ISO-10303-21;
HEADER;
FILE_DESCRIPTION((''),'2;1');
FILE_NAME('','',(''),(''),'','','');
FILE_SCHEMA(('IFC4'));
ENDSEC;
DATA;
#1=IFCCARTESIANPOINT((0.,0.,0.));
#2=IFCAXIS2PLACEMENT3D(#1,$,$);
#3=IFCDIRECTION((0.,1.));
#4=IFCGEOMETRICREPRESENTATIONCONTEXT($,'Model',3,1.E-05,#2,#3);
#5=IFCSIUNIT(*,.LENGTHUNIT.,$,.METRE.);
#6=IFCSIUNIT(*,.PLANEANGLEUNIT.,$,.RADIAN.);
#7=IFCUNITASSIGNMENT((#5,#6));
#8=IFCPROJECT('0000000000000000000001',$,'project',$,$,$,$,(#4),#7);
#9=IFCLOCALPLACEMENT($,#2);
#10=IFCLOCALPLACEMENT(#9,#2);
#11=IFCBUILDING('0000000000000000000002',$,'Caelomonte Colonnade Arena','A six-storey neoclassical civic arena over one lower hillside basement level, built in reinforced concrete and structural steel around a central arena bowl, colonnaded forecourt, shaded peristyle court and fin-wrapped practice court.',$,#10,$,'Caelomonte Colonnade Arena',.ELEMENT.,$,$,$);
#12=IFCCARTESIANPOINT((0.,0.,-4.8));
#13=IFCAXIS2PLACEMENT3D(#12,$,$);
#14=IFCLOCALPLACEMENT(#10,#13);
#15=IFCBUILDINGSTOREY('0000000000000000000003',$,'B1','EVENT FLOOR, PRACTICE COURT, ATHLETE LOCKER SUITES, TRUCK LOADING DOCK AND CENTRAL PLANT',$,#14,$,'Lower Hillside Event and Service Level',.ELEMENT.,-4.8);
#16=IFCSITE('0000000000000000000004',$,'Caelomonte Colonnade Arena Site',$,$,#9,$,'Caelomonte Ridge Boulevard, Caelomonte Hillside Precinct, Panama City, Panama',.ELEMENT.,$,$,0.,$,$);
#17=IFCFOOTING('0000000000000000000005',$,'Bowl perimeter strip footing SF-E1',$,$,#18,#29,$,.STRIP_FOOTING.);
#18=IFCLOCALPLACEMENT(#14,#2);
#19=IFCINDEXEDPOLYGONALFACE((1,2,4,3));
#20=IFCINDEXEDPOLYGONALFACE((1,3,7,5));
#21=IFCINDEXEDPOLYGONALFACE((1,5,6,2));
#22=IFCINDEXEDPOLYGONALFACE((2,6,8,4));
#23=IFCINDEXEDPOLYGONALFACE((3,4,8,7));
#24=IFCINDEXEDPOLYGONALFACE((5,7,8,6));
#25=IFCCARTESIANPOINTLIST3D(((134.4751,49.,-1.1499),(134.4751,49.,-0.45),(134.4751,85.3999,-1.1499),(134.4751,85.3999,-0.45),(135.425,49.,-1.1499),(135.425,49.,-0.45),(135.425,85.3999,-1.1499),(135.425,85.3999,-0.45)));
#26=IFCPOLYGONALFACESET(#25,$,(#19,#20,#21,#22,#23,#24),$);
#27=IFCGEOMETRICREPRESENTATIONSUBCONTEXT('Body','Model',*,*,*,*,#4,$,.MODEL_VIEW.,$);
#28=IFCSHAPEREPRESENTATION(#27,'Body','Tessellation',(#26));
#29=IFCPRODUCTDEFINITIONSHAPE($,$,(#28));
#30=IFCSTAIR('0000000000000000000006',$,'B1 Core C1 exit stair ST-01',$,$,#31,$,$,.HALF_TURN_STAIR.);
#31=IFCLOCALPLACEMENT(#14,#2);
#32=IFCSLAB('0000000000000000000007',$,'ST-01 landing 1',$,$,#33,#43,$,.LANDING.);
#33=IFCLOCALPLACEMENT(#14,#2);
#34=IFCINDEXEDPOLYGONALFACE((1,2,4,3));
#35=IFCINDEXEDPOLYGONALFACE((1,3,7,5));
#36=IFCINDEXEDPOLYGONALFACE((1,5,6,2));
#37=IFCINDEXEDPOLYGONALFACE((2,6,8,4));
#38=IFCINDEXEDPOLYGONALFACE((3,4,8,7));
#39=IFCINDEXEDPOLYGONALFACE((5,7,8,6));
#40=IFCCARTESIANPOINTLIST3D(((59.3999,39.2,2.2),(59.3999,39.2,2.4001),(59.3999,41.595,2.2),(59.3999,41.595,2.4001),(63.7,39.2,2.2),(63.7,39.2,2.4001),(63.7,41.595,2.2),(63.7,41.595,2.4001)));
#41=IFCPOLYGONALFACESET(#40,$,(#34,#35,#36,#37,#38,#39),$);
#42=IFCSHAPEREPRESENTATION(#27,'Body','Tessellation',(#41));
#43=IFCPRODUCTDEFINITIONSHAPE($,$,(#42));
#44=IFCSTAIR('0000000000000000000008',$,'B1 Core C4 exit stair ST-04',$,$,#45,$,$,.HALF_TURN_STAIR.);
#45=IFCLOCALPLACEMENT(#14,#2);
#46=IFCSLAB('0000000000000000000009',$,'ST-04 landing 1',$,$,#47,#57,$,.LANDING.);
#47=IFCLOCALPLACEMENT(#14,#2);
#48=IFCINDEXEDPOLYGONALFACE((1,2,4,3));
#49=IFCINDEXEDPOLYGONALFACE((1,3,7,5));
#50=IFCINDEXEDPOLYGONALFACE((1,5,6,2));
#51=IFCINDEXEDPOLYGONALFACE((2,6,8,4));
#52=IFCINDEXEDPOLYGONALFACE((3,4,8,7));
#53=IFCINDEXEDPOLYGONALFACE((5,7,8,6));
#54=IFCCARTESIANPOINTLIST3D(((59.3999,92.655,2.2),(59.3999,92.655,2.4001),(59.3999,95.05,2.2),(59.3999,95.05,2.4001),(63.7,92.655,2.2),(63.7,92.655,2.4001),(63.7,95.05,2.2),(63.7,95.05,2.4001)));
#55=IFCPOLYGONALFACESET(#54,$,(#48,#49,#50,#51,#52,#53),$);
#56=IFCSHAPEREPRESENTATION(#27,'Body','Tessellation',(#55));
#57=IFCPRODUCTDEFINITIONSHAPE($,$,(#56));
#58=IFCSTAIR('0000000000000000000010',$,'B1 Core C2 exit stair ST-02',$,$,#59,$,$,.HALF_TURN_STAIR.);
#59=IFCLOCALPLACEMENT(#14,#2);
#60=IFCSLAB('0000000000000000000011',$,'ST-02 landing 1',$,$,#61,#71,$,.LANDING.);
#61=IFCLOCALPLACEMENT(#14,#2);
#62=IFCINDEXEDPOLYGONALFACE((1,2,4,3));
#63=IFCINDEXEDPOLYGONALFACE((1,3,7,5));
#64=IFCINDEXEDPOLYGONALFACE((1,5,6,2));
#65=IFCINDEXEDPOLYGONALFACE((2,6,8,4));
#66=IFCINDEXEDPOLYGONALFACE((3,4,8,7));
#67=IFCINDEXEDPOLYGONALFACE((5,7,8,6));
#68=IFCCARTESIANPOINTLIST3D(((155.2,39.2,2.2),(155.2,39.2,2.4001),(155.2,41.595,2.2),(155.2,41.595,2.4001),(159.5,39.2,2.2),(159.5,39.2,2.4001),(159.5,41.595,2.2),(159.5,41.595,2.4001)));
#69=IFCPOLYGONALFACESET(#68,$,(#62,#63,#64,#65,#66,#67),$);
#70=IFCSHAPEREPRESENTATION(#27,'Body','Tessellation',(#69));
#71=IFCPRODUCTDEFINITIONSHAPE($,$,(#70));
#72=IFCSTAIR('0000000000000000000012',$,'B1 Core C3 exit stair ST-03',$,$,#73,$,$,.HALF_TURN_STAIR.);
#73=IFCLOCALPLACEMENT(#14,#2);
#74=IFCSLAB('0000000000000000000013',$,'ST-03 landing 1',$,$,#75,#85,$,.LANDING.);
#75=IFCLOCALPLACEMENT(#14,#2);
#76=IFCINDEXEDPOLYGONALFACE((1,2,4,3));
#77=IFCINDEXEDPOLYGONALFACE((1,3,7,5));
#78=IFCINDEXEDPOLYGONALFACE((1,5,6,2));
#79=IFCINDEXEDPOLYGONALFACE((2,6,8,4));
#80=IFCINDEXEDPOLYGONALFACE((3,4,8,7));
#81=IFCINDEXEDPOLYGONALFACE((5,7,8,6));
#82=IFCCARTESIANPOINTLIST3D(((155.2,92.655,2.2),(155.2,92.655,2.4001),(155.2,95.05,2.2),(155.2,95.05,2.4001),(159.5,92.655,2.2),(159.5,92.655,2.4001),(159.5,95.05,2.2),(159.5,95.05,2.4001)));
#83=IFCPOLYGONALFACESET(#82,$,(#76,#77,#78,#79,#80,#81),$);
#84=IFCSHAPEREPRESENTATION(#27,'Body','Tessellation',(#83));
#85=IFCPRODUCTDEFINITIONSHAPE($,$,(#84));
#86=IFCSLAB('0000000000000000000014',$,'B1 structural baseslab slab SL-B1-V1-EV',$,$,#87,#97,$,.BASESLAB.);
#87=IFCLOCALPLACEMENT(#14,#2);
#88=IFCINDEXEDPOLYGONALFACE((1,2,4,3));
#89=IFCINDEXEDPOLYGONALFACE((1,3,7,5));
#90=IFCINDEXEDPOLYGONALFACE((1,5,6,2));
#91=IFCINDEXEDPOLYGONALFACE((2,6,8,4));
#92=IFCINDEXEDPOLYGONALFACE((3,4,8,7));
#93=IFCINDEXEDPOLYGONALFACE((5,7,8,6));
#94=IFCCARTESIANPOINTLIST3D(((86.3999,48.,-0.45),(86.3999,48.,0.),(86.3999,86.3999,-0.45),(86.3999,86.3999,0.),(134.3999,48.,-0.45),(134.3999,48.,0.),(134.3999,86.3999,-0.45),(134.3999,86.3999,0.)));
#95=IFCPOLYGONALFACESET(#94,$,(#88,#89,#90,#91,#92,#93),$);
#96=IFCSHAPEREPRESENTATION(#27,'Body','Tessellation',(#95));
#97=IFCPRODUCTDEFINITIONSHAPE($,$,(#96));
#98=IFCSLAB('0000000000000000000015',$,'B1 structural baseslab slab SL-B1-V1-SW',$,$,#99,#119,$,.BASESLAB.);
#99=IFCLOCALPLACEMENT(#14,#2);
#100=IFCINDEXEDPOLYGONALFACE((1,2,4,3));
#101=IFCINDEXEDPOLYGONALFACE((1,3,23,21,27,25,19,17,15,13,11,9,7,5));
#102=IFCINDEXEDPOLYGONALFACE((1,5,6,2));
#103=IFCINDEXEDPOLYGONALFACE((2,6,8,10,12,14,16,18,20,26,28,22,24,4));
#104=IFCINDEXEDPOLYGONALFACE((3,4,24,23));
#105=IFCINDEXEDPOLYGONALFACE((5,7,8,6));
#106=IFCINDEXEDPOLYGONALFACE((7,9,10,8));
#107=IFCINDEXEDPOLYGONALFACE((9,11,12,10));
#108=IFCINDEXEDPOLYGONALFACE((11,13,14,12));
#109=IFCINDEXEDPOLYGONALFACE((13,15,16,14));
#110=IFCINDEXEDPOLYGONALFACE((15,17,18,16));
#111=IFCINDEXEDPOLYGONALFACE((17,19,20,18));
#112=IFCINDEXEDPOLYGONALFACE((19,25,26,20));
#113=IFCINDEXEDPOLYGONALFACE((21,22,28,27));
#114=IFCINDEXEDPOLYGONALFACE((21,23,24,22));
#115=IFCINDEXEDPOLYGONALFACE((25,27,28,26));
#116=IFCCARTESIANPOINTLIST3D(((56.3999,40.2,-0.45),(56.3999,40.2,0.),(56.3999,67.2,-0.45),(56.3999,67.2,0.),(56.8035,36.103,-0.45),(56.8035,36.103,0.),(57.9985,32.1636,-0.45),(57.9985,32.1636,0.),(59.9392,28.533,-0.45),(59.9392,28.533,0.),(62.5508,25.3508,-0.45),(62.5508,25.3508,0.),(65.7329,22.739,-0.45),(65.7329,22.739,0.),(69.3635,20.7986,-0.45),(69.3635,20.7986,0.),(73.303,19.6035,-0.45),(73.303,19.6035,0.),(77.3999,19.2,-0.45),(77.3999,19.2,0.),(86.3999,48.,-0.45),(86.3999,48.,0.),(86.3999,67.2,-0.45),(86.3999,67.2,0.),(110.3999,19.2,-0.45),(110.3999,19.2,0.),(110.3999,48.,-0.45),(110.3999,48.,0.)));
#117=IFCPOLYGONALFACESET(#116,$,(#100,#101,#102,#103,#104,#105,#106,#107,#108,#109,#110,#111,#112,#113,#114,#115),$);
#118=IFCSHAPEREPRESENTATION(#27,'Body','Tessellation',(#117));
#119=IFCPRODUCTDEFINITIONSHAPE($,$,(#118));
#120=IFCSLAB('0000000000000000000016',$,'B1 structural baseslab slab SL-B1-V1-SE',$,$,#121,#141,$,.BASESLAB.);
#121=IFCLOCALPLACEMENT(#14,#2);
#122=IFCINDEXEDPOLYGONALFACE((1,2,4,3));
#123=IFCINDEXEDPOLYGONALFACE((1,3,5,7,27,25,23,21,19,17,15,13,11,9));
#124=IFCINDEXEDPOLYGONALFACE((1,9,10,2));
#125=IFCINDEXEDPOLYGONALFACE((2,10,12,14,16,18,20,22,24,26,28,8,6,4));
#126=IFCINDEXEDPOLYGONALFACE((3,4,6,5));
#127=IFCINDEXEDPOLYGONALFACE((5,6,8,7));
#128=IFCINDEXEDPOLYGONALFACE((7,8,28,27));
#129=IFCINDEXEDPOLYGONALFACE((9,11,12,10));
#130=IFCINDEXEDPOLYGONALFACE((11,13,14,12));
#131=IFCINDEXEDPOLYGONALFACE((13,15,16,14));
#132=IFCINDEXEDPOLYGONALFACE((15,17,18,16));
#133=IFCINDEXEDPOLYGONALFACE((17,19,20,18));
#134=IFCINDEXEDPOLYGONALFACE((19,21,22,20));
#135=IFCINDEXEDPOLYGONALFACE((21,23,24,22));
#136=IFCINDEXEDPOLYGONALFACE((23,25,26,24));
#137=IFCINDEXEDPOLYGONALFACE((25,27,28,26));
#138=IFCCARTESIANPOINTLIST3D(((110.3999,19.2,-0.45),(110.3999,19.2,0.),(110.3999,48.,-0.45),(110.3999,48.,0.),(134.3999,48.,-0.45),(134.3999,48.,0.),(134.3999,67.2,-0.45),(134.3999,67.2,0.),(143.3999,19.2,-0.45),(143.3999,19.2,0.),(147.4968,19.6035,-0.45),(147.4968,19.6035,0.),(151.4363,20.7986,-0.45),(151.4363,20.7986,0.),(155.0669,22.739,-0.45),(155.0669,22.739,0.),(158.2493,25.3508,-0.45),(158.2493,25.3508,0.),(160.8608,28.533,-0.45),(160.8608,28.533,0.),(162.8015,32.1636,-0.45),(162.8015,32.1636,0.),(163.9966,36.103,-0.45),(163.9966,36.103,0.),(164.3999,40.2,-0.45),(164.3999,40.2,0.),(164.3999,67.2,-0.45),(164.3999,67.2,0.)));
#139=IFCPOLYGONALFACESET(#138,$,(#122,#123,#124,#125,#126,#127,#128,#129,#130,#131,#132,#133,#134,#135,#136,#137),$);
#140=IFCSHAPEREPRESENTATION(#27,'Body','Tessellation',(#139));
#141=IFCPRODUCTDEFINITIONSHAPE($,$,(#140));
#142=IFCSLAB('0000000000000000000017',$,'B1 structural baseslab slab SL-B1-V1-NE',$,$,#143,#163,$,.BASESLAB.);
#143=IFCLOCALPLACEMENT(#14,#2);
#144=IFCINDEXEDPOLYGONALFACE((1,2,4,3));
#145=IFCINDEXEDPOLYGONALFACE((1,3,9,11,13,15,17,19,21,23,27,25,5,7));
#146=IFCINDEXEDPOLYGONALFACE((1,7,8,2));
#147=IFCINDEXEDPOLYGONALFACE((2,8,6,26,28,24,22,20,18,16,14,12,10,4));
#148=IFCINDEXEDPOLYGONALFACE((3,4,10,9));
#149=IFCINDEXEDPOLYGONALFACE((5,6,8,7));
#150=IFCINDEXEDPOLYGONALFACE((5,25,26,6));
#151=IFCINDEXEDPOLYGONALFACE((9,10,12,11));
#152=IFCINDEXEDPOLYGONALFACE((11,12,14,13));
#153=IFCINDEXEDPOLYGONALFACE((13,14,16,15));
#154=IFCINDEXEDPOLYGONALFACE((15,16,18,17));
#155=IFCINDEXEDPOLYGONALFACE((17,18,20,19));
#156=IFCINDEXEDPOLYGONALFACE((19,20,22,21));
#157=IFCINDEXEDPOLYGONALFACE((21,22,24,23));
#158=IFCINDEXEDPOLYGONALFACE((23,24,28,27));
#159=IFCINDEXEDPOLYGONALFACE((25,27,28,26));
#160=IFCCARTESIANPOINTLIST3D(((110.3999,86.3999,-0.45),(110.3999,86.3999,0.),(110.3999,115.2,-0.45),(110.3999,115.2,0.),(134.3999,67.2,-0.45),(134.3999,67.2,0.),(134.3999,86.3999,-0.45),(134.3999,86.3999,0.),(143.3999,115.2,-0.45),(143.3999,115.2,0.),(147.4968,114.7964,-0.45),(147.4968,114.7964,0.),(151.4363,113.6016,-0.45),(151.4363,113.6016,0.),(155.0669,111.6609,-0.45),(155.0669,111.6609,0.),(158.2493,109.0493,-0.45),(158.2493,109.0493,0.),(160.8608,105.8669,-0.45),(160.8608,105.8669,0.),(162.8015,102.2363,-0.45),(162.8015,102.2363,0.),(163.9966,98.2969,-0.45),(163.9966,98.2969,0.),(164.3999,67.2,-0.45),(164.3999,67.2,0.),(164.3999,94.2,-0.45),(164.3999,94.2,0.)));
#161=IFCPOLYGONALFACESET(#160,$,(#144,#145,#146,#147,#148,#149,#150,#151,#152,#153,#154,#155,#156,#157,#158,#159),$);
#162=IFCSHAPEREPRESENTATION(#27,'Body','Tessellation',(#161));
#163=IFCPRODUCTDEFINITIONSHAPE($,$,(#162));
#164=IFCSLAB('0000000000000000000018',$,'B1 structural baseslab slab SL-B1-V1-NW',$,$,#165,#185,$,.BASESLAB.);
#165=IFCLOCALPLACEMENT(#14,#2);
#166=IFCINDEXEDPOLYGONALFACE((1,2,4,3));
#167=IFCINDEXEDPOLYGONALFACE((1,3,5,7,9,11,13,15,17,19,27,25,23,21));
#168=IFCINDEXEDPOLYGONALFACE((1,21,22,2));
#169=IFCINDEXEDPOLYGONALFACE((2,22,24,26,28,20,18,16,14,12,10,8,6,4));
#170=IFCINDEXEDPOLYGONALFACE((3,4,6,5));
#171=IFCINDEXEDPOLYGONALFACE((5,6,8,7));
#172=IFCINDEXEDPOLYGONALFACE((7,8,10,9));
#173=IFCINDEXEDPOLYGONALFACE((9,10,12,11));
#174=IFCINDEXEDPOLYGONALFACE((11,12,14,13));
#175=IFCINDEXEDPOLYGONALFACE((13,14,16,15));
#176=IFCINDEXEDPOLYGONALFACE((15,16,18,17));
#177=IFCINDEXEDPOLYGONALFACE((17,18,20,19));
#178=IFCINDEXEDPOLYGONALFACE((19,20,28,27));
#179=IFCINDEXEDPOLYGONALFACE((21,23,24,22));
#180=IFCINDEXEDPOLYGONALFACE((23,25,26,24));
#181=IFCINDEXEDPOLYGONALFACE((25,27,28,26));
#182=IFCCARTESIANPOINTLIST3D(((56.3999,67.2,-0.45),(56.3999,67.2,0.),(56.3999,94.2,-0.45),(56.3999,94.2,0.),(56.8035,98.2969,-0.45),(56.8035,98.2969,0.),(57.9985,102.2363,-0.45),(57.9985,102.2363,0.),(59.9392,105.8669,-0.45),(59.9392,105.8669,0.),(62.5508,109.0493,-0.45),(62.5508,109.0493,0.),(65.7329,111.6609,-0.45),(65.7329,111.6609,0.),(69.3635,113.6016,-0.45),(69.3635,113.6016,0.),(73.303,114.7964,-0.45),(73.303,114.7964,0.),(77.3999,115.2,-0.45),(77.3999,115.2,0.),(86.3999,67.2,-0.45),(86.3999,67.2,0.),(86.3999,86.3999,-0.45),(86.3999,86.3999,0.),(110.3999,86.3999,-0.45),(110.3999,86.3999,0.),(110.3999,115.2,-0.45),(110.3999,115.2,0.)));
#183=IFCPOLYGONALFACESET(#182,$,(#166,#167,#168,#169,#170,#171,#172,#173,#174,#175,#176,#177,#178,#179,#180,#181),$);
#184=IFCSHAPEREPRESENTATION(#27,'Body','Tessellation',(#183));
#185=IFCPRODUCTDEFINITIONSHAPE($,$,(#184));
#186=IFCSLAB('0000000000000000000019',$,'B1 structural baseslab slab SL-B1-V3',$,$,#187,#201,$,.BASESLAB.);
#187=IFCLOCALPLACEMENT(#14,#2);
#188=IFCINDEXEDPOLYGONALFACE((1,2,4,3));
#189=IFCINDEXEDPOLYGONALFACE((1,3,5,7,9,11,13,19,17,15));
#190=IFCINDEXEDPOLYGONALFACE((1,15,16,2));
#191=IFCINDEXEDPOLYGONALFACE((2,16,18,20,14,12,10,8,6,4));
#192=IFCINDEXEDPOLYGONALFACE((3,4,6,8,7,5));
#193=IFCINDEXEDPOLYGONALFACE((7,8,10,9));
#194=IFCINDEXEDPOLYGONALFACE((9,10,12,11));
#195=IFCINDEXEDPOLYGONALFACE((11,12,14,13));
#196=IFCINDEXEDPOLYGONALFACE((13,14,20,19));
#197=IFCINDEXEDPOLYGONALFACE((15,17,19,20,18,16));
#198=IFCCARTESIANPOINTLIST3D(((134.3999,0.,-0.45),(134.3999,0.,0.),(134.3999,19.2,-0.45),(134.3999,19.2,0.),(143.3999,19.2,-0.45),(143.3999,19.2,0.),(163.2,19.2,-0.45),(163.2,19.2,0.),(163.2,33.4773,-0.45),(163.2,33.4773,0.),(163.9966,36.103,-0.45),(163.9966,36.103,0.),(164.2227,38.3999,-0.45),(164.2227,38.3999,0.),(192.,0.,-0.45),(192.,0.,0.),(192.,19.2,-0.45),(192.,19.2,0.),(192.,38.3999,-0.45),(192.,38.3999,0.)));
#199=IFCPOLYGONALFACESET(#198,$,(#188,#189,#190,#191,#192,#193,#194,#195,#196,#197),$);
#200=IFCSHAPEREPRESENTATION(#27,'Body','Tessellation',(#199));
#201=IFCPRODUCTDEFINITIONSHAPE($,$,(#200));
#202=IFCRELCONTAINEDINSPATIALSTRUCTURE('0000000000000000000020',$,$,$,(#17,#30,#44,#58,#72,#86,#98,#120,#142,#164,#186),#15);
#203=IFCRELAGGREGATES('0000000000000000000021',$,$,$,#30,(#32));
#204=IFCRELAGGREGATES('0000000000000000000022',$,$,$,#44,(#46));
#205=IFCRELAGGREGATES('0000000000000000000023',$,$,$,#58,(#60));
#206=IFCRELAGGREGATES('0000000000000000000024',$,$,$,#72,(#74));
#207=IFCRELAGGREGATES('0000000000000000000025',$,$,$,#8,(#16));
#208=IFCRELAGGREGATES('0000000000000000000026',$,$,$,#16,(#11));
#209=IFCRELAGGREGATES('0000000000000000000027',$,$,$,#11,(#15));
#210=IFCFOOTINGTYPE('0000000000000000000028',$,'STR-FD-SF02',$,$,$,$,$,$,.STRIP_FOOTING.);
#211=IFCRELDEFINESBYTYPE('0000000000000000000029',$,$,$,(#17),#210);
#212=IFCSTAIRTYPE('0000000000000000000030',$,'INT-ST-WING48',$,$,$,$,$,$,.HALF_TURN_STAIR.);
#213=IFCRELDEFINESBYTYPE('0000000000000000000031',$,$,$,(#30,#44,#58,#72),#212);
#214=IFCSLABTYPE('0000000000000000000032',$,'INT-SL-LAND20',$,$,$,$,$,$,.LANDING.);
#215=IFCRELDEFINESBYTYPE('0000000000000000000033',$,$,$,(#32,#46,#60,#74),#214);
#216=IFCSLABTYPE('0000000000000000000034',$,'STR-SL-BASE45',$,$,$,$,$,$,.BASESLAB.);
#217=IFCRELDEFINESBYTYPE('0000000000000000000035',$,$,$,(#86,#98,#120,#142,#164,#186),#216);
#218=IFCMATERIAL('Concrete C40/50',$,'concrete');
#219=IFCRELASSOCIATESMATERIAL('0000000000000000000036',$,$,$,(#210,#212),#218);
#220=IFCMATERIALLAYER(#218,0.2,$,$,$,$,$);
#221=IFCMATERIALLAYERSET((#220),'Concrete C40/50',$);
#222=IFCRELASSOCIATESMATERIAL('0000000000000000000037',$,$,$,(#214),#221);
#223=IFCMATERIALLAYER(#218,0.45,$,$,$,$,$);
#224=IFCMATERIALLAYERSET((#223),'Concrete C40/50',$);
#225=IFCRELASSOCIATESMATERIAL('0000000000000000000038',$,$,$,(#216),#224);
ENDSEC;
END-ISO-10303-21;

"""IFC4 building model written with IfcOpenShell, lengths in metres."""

from ifc_helpers import new_model, si_unit, direction, frame, origin, place, context, subcontext, project, spatial, polyline, outline, extrude, material, layer, layer_set, type_object, element, aggregate, save


model = new_model("IFC4")

# Units and contexts
model_context = context("Model", 3, precision=1e-05, world=origin(), true_north=direction((0.0, 1.0)))
body_context = subcontext(model_context, "Body", "Model", "MODEL_VIEW")
ifc_project = project(units=[si_unit("LENGTHUNIT", "METRE"), si_unit("PLANEANGLEUNIT", "RADIAN")], contexts=[model_context])

# Site, building, storey
site_placement = place(None, origin())
site = spatial("IfcSite", under=ifc_project, at=site_placement, Name="Caelomonte Colonnade Arena Site", LongName="Caelomonte Ridge Boulevard, Caelomonte Hillside Precinct, Panama City, Panama", CompositionType="ELEMENT", RefElevation=0.0)
building_placement = place(site_placement, origin())
building = spatial("IfcBuilding", under=site, at=building_placement, Name="Caelomonte Colonnade Arena", Description="A six-storey neoclassical civic arena over one lower hillside basement level, built in reinforced concrete and structural steel around a central arena bowl, colonnaded forecourt, shaded peristyle court and fin-wrapped practice court.", LongName="Caelomonte Colonnade Arena", CompositionType="ELEMENT")
storey_placement = place(building_placement, frame((0.0, 0.0, -4.8)))
storey = spatial("IfcBuildingStorey", under=building, at=storey_placement, Name="B1", Description="EVENT FLOOR, PRACTICE COURT, ATHLETE LOCKER SUITES, TRUCK LOADING DOCK AND CENTRAL PLANT", LongName="Lower Hillside Event and Service Level", CompositionType="ELEMENT", Elevation=-4.8)

# Footing
ifc_material = material(Name="Concrete C40/50", Category="concrete")
footing_type_1 = type_object("IfcFootingType", Name="STR-FD-SF02", PredefinedType="STRIP_FOOTING", material=ifc_material)
footing_1_placement = place(storey_placement, frame((0.0, 0.0, -1.1499)))
element("IfcFooting", 1, at=footing_1_placement, inside=storey, type_object=footing_type_1, Name="Bowl perimeter strip footing SF-E1", PredefinedType="STRIP_FOOTING", context=body_context, shape_type="SweptSolid", body=[
    extrude(outline(polyline([(134.4751, 49.0), (135.425, 49.0), (135.425, 85.3999), (134.4751, 85.3999), (134.4751, 49.0)])), origin(), (0.0, 0.0, 1.0), 0.7),
])

# Stairs, slabs
stair_type = type_object("IfcStairType", Name="INT-ST-WING48", PredefinedType="HALF_TURN_STAIR", material=ifc_material)
stair_1_placement = place(storey_placement, origin())
stair_1 = element("IfcStair", 2, at=stair_1_placement, inside=storey, type_object=stair_type, Name="B1 Core C1 exit stair ST-01", PredefinedType="HALF_TURN_STAIR")
ifc_layer_1 = layer(ifc_material, 0.2)
ifc_layer_set_1 = layer_set([ifc_layer_1], Name="Concrete C40/50")
slab_type_1 = type_object("IfcSlabType", Name="INT-SL-LAND20", PredefinedType="LANDING", material=ifc_layer_set_1)
slab_1_placement = place(storey_placement, frame((0.0, 0.0, 2.2)))
slab_1 = element("IfcSlab", 3, at=slab_1_placement, type_object=slab_type_1, Name="ST-01 landing 1", PredefinedType="LANDING", context=body_context, shape_type="SweptSolid", body=[
    extrude(outline(polyline([(59.3999, 41.595), (59.3999, 39.2), (63.7, 39.2), (63.7, 41.595), (59.3999, 41.595)])), origin(), (0.0, 0.0, 1.0), 0.2002),
])
aggregate(stair_1, [slab_1])
stair_2_placement = place(storey_placement, origin())
stair_2 = element("IfcStair", 4, at=stair_2_placement, inside=storey, type_object=stair_type, Name="B1 Core C4 exit stair ST-04", PredefinedType="HALF_TURN_STAIR")
slab_2_placement = place(storey_placement, frame((0.0, 0.0, 2.2)))
slab_2 = element("IfcSlab", 5, at=slab_2_placement, type_object=slab_type_1, Name="ST-04 landing 1", PredefinedType="LANDING", context=body_context, shape_type="SweptSolid", body=[
    extrude(outline(polyline([(63.7, 92.655), (63.7, 95.05), (59.3999, 95.05), (59.3999, 92.655), (63.7, 92.655)])), origin(), (0.0, 0.0, 1.0), 0.2002),
])
aggregate(stair_2, [slab_2])
stair_3_placement = place(storey_placement, origin())
stair_3 = element("IfcStair", 6, at=stair_3_placement, inside=storey, type_object=stair_type, Name="B1 Core C2 exit stair ST-02", PredefinedType="HALF_TURN_STAIR")
slab_3_placement = place(storey_placement, frame((0.0, 0.0, 2.2)))
slab_3 = element("IfcSlab", 7, at=slab_3_placement, type_object=slab_type_1, Name="ST-02 landing 1", PredefinedType="LANDING", context=body_context, shape_type="SweptSolid", body=[
    extrude(outline(polyline([(155.2, 41.595), (155.2, 39.2), (159.5, 39.2), (159.5, 41.595), (155.2, 41.595)])), origin(), (0.0, 0.0, 1.0), 0.2002),
])
aggregate(stair_3, [slab_3])
stair_4_placement = place(storey_placement, origin())
stair_4 = element("IfcStair", 8, at=stair_4_placement, inside=storey, type_object=stair_type, Name="B1 Core C3 exit stair ST-03", PredefinedType="HALF_TURN_STAIR")
slab_4_placement = place(storey_placement, frame((0.0, 0.0, 2.2)))
slab_4 = element("IfcSlab", 9, at=slab_4_placement, type_object=slab_type_1, Name="ST-03 landing 1", PredefinedType="LANDING", context=body_context, shape_type="SweptSolid", body=[
    extrude(outline(polyline([(159.5, 92.655), (159.5, 95.05), (155.2, 95.05), (155.2, 92.655), (159.5, 92.655)])), origin(), (0.0, 0.0, 1.0), 0.2002),
])
aggregate(stair_4, [slab_4])

# Slabs
ifc_layer_2 = layer(ifc_material, 0.45)
ifc_layer_set_2 = layer_set([ifc_layer_2], Name="Concrete C40/50")
slab_type_2 = type_object("IfcSlabType", Name="STR-SL-BASE45", PredefinedType="BASESLAB", material=ifc_layer_set_2)
slab_5_placement = place(storey_placement, frame((0.0, 0.0, -0.45)))
element("IfcSlab", 10, at=slab_5_placement, inside=storey, type_object=slab_type_2, Name="B1 structural baseslab slab SL-B1-V1-EV", PredefinedType="BASESLAB", context=body_context, shape_type="SweptSolid", body=[
    extrude(outline(polyline([(134.3999, 48.0), (134.3999, 86.3999), (86.3999, 86.3999), (86.3999, 48.0), (134.3999, 48.0)])), origin(), (0.0, 0.0, 1.0), 0.45),
])
slab_6_placement = place(storey_placement, frame((0.0, 0.0, -0.45)))
element("IfcSlab", 11, at=slab_6_placement, inside=storey, type_object=slab_type_2, Name="B1 structural baseslab slab SL-B1-V1-SW", PredefinedType="BASESLAB", context=body_context, shape_type="SweptSolid", body=[
    extrude(outline(polyline([(73.303, 19.6035), (77.3999, 19.2), (110.3999, 19.2), (110.3999, 48.0), (86.3999, 48.0), (86.3999, 67.2), (56.3999, 67.2), (56.3999, 40.2), (56.8035, 36.103), (57.9985, 32.1636), (59.9392, 28.533), (62.5508, 25.3508), (65.7329, 22.739), (69.3635, 20.7986), (73.303, 19.6035)])), origin(), (0.0, 0.0, 1.0), 0.45),
])
slab_7_placement = place(storey_placement, frame((0.0, 0.0, -0.45)))
element("IfcSlab", 12, at=slab_7_placement, inside=storey, type_object=slab_type_2, Name="B1 structural baseslab slab SL-B1-V1-SE", PredefinedType="BASESLAB", context=body_context, shape_type="SweptSolid", body=[
    extrude(outline(polyline([(164.3999, 40.2), (164.3999, 67.2), (134.3999, 67.2), (134.3999, 48.0), (110.3999, 48.0), (110.3999, 19.2), (143.3999, 19.2), (147.4968, 19.6035), (151.4363, 20.7986), (155.0669, 22.739), (158.2493, 25.3508), (160.8608, 28.533), (162.8015, 32.1636), (163.9966, 36.103), (164.3999, 40.2)])), origin(), (0.0, 0.0, 1.0), 0.45),
])
slab_8_placement = place(storey_placement, frame((0.0, 0.0, -0.45)))
element("IfcSlab", 13, at=slab_8_placement, inside=storey, type_object=slab_type_2, Name="B1 structural baseslab slab SL-B1-V1-NE", PredefinedType="BASESLAB", context=body_context, shape_type="SweptSolid", body=[
    extrude(outline(polyline([(143.3999, 115.2), (110.3999, 115.2), (110.3999, 86.3999), (134.3999, 86.3999), (134.3999, 67.2), (164.3999, 67.2), (164.3999, 94.2), (163.9966, 98.2969), (162.8015, 102.2363), (160.8608, 105.8669), (158.2493, 109.0493), (155.0669, 111.6609), (151.4363, 113.6016), (147.4968, 114.7964), (143.3999, 115.2)])), origin(), (0.0, 0.0, 1.0), 0.45),
])
slab_9_placement = place(storey_placement, frame((0.0, 0.0, -0.45)))
element("IfcSlab", 14, at=slab_9_placement, inside=storey, type_object=slab_type_2, Name="B1 structural baseslab slab SL-B1-V1-NW", PredefinedType="BASESLAB", context=body_context, shape_type="SweptSolid", body=[
    extrude(outline(polyline([(56.3999, 94.2), (56.3999, 67.2), (86.3999, 67.2), (86.3999, 86.3999), (110.3999, 86.3999), (110.3999, 115.2), (77.3999, 115.2), (73.303, 114.7964), (69.3635, 113.6016), (65.7329, 111.6609), (62.5508, 109.0493), (59.9392, 105.8669), (57.9985, 102.2363), (56.8035, 98.2969), (56.3999, 94.2)])), origin(), (0.0, 0.0, 1.0), 0.45),
])
slab_10_placement = place(storey_placement, frame((0.0, 0.0, -0.45)))
element("IfcSlab", 15, at=slab_10_placement, inside=storey, type_object=slab_type_2, Name="B1 structural baseslab slab SL-B1-V3", PredefinedType="BASESLAB", context=body_context, shape_type="SweptSolid", body=[
    extrude(outline(polyline([(134.3999, 0.0), (192.0, 0.0), (192.0, 19.2), (192.0, 38.3999), (164.2227, 38.3999), (163.9966, 36.103), (163.2, 33.4773), (163.2, 19.2), (143.3999, 19.2), (134.3999, 19.2), (134.3999, 0.0)])), origin(), (0.0, 0.0, 1.0), 0.45),
])

save(model, "model.ifc")
